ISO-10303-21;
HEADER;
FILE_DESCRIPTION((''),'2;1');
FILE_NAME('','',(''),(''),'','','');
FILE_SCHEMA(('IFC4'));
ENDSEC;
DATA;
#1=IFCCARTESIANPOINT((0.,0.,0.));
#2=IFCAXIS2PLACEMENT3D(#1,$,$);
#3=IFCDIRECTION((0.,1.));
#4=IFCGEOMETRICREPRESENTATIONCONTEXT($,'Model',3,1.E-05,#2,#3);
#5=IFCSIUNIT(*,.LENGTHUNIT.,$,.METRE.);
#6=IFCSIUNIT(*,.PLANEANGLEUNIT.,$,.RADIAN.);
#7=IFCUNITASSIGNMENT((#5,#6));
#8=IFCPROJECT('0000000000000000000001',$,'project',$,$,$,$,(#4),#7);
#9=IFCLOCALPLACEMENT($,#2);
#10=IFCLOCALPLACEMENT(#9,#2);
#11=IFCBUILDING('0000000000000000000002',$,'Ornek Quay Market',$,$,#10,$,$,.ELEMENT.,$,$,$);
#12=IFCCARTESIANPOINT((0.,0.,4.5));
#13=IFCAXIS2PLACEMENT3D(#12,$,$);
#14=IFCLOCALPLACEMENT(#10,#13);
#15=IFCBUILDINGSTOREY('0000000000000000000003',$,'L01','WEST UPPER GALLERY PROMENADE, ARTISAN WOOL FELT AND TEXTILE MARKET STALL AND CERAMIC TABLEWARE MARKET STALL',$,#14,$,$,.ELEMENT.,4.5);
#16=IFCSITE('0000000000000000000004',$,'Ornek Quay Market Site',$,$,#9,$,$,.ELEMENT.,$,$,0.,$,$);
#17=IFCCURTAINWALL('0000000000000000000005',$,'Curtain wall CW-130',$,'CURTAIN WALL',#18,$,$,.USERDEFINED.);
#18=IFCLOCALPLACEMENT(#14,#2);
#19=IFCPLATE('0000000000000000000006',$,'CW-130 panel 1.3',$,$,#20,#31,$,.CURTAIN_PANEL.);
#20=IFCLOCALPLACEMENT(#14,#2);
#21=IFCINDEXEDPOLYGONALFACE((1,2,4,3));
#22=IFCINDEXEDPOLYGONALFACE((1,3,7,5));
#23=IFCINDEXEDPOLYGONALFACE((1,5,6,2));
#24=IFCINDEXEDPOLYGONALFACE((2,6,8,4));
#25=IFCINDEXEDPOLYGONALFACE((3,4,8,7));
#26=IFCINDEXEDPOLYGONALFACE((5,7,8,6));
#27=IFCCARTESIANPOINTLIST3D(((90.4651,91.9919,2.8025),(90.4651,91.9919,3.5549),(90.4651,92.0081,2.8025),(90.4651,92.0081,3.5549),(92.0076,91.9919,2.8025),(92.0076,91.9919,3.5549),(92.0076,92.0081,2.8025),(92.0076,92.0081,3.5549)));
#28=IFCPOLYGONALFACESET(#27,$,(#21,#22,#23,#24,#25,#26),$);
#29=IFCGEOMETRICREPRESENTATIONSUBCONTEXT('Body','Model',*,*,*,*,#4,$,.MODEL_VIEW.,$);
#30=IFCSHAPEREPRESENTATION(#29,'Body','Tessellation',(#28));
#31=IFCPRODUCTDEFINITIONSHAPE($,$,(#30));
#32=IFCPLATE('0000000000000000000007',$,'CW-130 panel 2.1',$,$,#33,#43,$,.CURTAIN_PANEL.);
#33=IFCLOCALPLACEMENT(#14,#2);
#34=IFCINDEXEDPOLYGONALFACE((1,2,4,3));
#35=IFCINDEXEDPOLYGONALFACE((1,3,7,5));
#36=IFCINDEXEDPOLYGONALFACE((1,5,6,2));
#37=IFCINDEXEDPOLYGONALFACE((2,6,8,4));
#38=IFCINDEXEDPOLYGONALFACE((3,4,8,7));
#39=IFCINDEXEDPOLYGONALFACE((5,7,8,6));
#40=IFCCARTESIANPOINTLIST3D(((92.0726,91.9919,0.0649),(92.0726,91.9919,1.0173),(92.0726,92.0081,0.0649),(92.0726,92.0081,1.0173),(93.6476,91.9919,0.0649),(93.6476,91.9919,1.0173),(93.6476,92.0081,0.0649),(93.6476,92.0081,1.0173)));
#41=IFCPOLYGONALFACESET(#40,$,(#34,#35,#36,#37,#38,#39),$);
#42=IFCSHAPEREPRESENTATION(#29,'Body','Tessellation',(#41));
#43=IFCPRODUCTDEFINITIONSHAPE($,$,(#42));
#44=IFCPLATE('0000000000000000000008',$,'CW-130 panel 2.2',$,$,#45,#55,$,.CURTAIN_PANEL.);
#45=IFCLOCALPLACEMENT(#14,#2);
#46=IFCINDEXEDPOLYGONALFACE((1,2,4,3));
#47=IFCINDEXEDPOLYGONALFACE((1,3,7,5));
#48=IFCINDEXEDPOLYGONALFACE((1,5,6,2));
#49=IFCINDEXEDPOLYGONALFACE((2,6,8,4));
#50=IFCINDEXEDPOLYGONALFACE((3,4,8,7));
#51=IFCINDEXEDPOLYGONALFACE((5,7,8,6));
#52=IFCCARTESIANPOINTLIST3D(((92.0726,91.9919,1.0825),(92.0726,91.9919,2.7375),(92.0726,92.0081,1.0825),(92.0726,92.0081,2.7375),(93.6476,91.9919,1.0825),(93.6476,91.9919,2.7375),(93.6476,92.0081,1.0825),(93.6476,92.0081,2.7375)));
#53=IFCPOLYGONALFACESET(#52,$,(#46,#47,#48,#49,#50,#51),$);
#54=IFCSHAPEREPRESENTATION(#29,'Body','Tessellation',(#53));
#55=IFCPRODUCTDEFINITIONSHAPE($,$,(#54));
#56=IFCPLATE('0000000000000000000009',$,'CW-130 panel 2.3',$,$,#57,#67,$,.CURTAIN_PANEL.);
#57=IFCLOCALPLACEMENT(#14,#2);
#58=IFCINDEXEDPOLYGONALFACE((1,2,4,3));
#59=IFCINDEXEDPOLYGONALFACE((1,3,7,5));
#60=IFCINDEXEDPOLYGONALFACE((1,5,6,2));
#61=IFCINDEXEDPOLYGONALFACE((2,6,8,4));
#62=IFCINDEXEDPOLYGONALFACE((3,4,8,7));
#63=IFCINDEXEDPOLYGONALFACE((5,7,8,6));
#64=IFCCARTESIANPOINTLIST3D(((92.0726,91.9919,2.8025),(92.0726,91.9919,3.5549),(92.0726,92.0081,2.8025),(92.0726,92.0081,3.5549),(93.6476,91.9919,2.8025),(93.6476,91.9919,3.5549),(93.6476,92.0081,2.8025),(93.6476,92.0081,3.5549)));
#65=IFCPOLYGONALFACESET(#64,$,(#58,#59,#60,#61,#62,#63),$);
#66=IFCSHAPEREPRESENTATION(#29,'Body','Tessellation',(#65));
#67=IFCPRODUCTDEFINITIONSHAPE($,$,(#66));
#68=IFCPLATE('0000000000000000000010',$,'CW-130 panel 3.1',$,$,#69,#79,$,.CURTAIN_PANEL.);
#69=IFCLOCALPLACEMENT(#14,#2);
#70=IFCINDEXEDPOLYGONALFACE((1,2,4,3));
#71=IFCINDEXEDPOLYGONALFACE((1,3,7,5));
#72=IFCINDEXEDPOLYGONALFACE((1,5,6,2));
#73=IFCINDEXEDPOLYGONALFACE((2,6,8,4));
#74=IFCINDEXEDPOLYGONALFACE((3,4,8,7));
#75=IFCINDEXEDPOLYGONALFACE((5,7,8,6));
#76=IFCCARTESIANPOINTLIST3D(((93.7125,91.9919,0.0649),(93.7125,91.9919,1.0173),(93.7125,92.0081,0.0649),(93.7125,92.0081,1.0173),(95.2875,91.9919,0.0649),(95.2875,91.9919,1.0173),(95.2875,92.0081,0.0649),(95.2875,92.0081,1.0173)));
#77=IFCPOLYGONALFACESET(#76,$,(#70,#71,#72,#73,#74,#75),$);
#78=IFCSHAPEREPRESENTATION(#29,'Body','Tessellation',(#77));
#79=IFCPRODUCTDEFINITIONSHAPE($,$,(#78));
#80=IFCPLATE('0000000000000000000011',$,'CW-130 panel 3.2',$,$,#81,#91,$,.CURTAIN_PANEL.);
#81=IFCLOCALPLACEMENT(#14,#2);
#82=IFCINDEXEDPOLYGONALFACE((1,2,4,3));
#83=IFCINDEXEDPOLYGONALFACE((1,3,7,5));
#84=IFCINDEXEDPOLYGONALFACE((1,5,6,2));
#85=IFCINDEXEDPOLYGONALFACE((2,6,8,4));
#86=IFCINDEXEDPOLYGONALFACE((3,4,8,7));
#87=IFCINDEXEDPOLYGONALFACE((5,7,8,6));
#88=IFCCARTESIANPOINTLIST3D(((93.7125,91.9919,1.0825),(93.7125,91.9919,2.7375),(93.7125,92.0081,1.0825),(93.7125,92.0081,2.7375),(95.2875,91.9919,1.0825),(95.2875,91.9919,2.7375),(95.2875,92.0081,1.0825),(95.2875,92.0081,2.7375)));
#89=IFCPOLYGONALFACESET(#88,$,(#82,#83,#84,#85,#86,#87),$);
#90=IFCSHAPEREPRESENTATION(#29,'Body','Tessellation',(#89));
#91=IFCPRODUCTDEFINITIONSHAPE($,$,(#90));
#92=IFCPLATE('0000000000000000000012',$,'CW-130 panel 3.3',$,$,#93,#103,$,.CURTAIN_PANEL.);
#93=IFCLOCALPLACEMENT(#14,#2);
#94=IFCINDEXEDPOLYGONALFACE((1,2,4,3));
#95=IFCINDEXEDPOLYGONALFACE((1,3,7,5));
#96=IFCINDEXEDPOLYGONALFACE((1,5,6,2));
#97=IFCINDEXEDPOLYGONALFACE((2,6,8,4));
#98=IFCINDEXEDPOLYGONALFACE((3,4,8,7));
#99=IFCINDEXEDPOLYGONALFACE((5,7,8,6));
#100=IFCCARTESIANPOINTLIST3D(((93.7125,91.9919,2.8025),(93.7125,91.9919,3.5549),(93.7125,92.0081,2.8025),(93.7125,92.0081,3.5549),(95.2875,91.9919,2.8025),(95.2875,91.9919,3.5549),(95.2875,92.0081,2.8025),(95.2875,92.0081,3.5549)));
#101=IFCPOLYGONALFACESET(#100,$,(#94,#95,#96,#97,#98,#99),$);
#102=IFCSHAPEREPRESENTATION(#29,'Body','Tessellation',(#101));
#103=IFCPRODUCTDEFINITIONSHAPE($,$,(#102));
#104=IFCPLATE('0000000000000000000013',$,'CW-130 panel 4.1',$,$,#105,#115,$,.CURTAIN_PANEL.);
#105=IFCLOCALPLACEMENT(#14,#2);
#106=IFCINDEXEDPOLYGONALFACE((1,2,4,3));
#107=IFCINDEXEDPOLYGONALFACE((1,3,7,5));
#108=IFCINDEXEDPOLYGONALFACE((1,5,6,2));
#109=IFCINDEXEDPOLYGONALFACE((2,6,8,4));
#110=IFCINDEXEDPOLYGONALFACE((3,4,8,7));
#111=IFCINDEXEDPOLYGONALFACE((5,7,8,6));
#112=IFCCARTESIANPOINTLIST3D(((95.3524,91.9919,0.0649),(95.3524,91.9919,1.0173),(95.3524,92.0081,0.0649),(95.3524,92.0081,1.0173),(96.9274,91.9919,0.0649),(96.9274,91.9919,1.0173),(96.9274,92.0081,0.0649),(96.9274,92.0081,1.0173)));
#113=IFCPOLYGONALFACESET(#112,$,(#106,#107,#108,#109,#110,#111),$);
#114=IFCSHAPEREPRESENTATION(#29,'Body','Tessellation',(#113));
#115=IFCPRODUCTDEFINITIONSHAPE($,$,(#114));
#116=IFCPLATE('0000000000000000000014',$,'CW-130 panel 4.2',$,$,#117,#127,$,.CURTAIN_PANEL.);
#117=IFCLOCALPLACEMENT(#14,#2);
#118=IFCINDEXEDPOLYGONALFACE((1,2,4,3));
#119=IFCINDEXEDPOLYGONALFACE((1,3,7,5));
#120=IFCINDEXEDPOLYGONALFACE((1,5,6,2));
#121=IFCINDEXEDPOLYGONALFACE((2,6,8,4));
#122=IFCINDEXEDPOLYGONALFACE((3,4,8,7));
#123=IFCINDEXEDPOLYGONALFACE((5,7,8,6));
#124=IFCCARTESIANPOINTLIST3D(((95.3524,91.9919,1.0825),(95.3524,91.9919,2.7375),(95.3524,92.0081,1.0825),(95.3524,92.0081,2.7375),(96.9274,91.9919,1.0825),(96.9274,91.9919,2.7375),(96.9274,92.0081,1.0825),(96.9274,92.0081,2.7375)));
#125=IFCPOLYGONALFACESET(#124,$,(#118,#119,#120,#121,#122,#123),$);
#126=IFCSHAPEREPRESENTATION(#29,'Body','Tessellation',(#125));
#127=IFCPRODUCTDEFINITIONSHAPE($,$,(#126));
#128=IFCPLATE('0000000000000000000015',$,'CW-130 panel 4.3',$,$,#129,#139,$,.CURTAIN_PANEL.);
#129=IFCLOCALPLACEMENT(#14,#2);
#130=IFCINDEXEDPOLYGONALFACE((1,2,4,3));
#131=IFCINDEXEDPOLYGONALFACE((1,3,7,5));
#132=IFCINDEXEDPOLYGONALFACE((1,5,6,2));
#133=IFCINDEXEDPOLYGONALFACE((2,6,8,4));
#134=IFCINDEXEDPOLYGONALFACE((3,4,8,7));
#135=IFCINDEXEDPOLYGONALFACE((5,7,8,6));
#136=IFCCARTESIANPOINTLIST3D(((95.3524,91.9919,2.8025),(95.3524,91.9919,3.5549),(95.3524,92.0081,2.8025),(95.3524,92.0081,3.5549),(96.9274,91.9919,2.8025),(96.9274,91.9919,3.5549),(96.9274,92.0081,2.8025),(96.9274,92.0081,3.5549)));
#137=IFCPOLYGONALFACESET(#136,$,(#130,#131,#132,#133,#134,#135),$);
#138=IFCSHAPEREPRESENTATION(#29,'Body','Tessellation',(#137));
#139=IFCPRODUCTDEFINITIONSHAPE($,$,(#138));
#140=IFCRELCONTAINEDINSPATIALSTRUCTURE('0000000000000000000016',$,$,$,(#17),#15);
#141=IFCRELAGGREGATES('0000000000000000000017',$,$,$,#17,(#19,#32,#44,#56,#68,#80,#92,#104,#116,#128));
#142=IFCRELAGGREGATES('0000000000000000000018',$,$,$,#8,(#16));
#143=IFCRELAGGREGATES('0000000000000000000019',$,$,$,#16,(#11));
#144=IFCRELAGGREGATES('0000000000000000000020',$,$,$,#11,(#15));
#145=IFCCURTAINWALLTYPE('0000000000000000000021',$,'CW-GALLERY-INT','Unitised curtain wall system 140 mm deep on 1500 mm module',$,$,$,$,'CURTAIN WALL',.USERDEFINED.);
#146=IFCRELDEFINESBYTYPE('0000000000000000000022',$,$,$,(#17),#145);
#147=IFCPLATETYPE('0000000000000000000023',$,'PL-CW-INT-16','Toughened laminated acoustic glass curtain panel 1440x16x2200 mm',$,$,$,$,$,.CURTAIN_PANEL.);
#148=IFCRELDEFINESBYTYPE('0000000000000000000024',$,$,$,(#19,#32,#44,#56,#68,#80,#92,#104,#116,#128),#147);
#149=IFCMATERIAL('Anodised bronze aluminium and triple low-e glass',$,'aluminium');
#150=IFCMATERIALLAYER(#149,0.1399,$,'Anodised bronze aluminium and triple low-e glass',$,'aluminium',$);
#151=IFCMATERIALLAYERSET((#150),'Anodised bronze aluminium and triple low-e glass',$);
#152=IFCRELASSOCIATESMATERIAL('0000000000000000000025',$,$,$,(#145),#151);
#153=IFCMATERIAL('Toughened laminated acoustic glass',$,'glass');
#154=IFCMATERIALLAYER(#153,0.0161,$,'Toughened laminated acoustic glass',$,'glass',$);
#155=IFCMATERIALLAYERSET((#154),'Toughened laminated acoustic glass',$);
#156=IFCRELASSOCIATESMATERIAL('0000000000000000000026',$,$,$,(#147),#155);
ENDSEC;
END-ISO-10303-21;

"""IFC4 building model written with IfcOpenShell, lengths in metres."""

from ifc_helpers import new_model, si_unit, direction, frame, origin, origin_2d, place, context, subcontext, project, spatial, rectangle, extrude, material, layer, layer_set, type_object, element, aggregate, save


model = new_model("IFC4")

# Units and contexts
model_context = context("Model", 3, precision=1e-05, world=origin(), true_north=direction((0.0, 1.0)))
body_context = subcontext(model_context, "Body", "Model", "MODEL_VIEW")
ifc_project = project(units=[si_unit("LENGTHUNIT", "METRE"), si_unit("PLANEANGLEUNIT", "RADIAN")], contexts=[model_context])

# Site, building, storey
site_placement = place(None, origin())
site = spatial("IfcSite", under=ifc_project, at=site_placement, Name="Ornek Quay Market Site", CompositionType="ELEMENT", RefElevation=0.0)
building_placement = place(site_placement, origin())
building = spatial("IfcBuilding", under=site, at=building_placement, Name="Ornek Quay Market", CompositionType="ELEMENT")
storey_placement = place(building_placement, frame((0.0, 0.0, 4.5)))
storey = spatial("IfcBuildingStorey", under=building, at=storey_placement, Name="L01", Description="WEST UPPER GALLERY PROMENADE, ARTISAN WOOL FELT AND TEXTILE MARKET STALL AND CERAMIC TABLEWARE MARKET STALL", CompositionType="ELEMENT", Elevation=4.5)

# Curtain wall, plates
ifc_material_1 = material(Name="Anodised bronze aluminium and triple low-e glass", Category="aluminium")
ifc_layer_1 = layer(ifc_material_1, 0.1399, Name="Anodised bronze aluminium and triple low-e glass", Category="aluminium")
ifc_layer_set_1 = layer_set([ifc_layer_1], Name="Anodised bronze aluminium and triple low-e glass")
curtain_wall_type = type_object("IfcCurtainWallType", Name="CW-GALLERY-INT", Description="Unitised curtain wall system 140 mm deep on 1500 mm module", ElementType="CURTAIN WALL", PredefinedType="USERDEFINED", material=ifc_layer_set_1)
curtain_wall_placement = place(storey_placement, origin())
curtain_wall = element("IfcCurtainWall", 1, at=curtain_wall_placement, inside=storey, type_object=curtain_wall_type, Name="Curtain wall CW-130", ObjectType="CURTAIN WALL", PredefinedType="USERDEFINED")
ifc_material_2 = material(Name="Toughened laminated acoustic glass", Category="glass")
ifc_layer_2 = layer(ifc_material_2, 0.0161, Name="Toughened laminated acoustic glass", Category="glass")
ifc_layer_set_2 = layer_set([ifc_layer_2], Name="Toughened laminated acoustic glass")
plate_type = type_object("IfcPlateType", Name="PL-CW-INT-16", Description="Toughened laminated acoustic glass curtain panel 1440x16x2200 mm", PredefinedType="CURTAIN_PANEL", material=ifc_layer_set_2)
plate_1_placement = place(storey_placement, frame((91.2363, 92.0, 2.8025), z_axis=(0.0, 0.0, 1.0), x_axis=(1.0, 0.0, 0.0)))
plate_1 = element("IfcPlate", 2, at=plate_1_placement, type_object=plate_type, Name="CW-130 panel 1.3", PredefinedType="CURTAIN_PANEL", context=body_context, shape_type="SweptSolid", body=[
    extrude(rectangle(XDim=1.5425, YDim=0.0161, at=origin_2d()), origin(), (0.0, 0.0, 1.0), 0.7524),
])
plate_2_placement = place(storey_placement, frame((92.8601, 92.0, 0.0649), z_axis=(0.0, 0.0, 1.0), x_axis=(1.0, 0.0, 0.0)))
plate_2 = element("IfcPlate", 3, at=plate_2_placement, type_object=plate_type, Name="CW-130 panel 2.1", PredefinedType="CURTAIN_PANEL", context=body_context, shape_type="SweptSolid", body=[
    extrude(rectangle(XDim=1.575, YDim=0.0161, at=origin_2d()), origin(), (0.0, 0.0, 1.0), 0.9524),
])
plate_3_placement = place(storey_placement, frame((92.8601, 92.0, 1.0825), z_axis=(0.0, 0.0, 1.0), x_axis=(1.0, 0.0, 0.0)))
plate_3 = element("IfcPlate", 4, at=plate_3_placement, type_object=plate_type, Name="CW-130 panel 2.2", PredefinedType="CURTAIN_PANEL", context=body_context, shape_type="SweptSolid", body=[
    extrude(rectangle(XDim=1.575, YDim=0.0161, at=origin_2d()), origin(), (0.0, 0.0, 1.0), 1.655),
])
plate_4_placement = place(storey_placement, frame((92.8601, 92.0, 2.8025), z_axis=(0.0, 0.0, 1.0), x_axis=(1.0, 0.0, 0.0)))
plate_4 = element("IfcPlate", 5, at=plate_4_placement, type_object=plate_type, Name="CW-130 panel 2.3", PredefinedType="CURTAIN_PANEL", context=body_context, shape_type="SweptSolid", body=[
    extrude(rectangle(XDim=1.575, YDim=0.0161, at=origin_2d()), origin(), (0.0, 0.0, 1.0), 0.7524),
])
plate_5_placement = place(storey_placement, frame((94.5, 92.0, 0.0649), z_axis=(0.0, 0.0, 1.0), x_axis=(1.0, 0.0, 0.0)))
plate_5 = element("IfcPlate", 6, at=plate_5_placement, type_object=plate_type, Name="CW-130 panel 3.1", PredefinedType="CURTAIN_PANEL", context=body_context, shape_type="SweptSolid", body=[
    extrude(rectangle(XDim=1.575, YDim=0.0161, at=origin_2d()), origin(), (0.0, 0.0, 1.0), 0.9524),
])
plate_6_placement = place(storey_placement, frame((94.5, 92.0, 1.0825), z_axis=(0.0, 0.0, 1.0), x_axis=(1.0, 0.0, 0.0)))
plate_6 = element("IfcPlate", 7, at=plate_6_placement, type_object=plate_type, Name="CW-130 panel 3.2", PredefinedType="CURTAIN_PANEL", context=body_context, shape_type="SweptSolid", body=[
    extrude(rectangle(XDim=1.575, YDim=0.0161, at=origin_2d()), origin(), (0.0, 0.0, 1.0), 1.655),
])
plate_7_placement = place(storey_placement, frame((94.5, 92.0, 2.8025), z_axis=(0.0, 0.0, 1.0), x_axis=(1.0, 0.0, 0.0)))
plate_7 = element("IfcPlate", 8, at=plate_7_placement, type_object=plate_type, Name="CW-130 panel 3.3", PredefinedType="CURTAIN_PANEL", context=body_context, shape_type="SweptSolid", body=[
    extrude(rectangle(XDim=1.575, YDim=0.0161, at=origin_2d()), origin(), (0.0, 0.0, 1.0), 0.7524),
])
plate_8_placement = place(storey_placement, frame((96.1399, 92.0, 0.0649), z_axis=(0.0, 0.0, 1.0), x_axis=(1.0, 0.0, 0.0)))
plate_8 = element("IfcPlate", 9, at=plate_8_placement, type_object=plate_type, Name="CW-130 panel 4.1", PredefinedType="CURTAIN_PANEL", context=body_context, shape_type="SweptSolid", body=[
    extrude(rectangle(XDim=1.575, YDim=0.0161, at=origin_2d()), origin(), (0.0, 0.0, 1.0), 0.9524),
])
plate_9_placement = place(storey_placement, frame((96.1399, 92.0, 1.0825), z_axis=(0.0, 0.0, 1.0), x_axis=(1.0, 0.0, 0.0)))
plate_9 = element("IfcPlate", 10, at=plate_9_placement, type_object=plate_type, Name="CW-130 panel 4.2", PredefinedType="CURTAIN_PANEL", context=body_context, shape_type="SweptSolid", body=[
    extrude(rectangle(XDim=1.575, YDim=0.0161, at=origin_2d()), origin(), (0.0, 0.0, 1.0), 1.655),
])
plate_10_placement = place(storey_placement, frame((96.1399, 92.0, 2.8025), z_axis=(0.0, 0.0, 1.0), x_axis=(1.0, 0.0, 0.0)))
plate_10 = element("IfcPlate", 11, at=plate_10_placement, type_object=plate_type, Name="CW-130 panel 4.3", PredefinedType="CURTAIN_PANEL", context=body_context, shape_type="SweptSolid", body=[
    extrude(rectangle(XDim=1.575, YDim=0.0161, at=origin_2d()), origin(), (0.0, 0.0, 1.0), 0.7524),
])
aggregate(curtain_wall, [plate_1, plate_2, plate_3, plate_4, plate_5, plate_6, plate_7, plate_8, plate_9, plate_10])

save(model, "model.ifc")
